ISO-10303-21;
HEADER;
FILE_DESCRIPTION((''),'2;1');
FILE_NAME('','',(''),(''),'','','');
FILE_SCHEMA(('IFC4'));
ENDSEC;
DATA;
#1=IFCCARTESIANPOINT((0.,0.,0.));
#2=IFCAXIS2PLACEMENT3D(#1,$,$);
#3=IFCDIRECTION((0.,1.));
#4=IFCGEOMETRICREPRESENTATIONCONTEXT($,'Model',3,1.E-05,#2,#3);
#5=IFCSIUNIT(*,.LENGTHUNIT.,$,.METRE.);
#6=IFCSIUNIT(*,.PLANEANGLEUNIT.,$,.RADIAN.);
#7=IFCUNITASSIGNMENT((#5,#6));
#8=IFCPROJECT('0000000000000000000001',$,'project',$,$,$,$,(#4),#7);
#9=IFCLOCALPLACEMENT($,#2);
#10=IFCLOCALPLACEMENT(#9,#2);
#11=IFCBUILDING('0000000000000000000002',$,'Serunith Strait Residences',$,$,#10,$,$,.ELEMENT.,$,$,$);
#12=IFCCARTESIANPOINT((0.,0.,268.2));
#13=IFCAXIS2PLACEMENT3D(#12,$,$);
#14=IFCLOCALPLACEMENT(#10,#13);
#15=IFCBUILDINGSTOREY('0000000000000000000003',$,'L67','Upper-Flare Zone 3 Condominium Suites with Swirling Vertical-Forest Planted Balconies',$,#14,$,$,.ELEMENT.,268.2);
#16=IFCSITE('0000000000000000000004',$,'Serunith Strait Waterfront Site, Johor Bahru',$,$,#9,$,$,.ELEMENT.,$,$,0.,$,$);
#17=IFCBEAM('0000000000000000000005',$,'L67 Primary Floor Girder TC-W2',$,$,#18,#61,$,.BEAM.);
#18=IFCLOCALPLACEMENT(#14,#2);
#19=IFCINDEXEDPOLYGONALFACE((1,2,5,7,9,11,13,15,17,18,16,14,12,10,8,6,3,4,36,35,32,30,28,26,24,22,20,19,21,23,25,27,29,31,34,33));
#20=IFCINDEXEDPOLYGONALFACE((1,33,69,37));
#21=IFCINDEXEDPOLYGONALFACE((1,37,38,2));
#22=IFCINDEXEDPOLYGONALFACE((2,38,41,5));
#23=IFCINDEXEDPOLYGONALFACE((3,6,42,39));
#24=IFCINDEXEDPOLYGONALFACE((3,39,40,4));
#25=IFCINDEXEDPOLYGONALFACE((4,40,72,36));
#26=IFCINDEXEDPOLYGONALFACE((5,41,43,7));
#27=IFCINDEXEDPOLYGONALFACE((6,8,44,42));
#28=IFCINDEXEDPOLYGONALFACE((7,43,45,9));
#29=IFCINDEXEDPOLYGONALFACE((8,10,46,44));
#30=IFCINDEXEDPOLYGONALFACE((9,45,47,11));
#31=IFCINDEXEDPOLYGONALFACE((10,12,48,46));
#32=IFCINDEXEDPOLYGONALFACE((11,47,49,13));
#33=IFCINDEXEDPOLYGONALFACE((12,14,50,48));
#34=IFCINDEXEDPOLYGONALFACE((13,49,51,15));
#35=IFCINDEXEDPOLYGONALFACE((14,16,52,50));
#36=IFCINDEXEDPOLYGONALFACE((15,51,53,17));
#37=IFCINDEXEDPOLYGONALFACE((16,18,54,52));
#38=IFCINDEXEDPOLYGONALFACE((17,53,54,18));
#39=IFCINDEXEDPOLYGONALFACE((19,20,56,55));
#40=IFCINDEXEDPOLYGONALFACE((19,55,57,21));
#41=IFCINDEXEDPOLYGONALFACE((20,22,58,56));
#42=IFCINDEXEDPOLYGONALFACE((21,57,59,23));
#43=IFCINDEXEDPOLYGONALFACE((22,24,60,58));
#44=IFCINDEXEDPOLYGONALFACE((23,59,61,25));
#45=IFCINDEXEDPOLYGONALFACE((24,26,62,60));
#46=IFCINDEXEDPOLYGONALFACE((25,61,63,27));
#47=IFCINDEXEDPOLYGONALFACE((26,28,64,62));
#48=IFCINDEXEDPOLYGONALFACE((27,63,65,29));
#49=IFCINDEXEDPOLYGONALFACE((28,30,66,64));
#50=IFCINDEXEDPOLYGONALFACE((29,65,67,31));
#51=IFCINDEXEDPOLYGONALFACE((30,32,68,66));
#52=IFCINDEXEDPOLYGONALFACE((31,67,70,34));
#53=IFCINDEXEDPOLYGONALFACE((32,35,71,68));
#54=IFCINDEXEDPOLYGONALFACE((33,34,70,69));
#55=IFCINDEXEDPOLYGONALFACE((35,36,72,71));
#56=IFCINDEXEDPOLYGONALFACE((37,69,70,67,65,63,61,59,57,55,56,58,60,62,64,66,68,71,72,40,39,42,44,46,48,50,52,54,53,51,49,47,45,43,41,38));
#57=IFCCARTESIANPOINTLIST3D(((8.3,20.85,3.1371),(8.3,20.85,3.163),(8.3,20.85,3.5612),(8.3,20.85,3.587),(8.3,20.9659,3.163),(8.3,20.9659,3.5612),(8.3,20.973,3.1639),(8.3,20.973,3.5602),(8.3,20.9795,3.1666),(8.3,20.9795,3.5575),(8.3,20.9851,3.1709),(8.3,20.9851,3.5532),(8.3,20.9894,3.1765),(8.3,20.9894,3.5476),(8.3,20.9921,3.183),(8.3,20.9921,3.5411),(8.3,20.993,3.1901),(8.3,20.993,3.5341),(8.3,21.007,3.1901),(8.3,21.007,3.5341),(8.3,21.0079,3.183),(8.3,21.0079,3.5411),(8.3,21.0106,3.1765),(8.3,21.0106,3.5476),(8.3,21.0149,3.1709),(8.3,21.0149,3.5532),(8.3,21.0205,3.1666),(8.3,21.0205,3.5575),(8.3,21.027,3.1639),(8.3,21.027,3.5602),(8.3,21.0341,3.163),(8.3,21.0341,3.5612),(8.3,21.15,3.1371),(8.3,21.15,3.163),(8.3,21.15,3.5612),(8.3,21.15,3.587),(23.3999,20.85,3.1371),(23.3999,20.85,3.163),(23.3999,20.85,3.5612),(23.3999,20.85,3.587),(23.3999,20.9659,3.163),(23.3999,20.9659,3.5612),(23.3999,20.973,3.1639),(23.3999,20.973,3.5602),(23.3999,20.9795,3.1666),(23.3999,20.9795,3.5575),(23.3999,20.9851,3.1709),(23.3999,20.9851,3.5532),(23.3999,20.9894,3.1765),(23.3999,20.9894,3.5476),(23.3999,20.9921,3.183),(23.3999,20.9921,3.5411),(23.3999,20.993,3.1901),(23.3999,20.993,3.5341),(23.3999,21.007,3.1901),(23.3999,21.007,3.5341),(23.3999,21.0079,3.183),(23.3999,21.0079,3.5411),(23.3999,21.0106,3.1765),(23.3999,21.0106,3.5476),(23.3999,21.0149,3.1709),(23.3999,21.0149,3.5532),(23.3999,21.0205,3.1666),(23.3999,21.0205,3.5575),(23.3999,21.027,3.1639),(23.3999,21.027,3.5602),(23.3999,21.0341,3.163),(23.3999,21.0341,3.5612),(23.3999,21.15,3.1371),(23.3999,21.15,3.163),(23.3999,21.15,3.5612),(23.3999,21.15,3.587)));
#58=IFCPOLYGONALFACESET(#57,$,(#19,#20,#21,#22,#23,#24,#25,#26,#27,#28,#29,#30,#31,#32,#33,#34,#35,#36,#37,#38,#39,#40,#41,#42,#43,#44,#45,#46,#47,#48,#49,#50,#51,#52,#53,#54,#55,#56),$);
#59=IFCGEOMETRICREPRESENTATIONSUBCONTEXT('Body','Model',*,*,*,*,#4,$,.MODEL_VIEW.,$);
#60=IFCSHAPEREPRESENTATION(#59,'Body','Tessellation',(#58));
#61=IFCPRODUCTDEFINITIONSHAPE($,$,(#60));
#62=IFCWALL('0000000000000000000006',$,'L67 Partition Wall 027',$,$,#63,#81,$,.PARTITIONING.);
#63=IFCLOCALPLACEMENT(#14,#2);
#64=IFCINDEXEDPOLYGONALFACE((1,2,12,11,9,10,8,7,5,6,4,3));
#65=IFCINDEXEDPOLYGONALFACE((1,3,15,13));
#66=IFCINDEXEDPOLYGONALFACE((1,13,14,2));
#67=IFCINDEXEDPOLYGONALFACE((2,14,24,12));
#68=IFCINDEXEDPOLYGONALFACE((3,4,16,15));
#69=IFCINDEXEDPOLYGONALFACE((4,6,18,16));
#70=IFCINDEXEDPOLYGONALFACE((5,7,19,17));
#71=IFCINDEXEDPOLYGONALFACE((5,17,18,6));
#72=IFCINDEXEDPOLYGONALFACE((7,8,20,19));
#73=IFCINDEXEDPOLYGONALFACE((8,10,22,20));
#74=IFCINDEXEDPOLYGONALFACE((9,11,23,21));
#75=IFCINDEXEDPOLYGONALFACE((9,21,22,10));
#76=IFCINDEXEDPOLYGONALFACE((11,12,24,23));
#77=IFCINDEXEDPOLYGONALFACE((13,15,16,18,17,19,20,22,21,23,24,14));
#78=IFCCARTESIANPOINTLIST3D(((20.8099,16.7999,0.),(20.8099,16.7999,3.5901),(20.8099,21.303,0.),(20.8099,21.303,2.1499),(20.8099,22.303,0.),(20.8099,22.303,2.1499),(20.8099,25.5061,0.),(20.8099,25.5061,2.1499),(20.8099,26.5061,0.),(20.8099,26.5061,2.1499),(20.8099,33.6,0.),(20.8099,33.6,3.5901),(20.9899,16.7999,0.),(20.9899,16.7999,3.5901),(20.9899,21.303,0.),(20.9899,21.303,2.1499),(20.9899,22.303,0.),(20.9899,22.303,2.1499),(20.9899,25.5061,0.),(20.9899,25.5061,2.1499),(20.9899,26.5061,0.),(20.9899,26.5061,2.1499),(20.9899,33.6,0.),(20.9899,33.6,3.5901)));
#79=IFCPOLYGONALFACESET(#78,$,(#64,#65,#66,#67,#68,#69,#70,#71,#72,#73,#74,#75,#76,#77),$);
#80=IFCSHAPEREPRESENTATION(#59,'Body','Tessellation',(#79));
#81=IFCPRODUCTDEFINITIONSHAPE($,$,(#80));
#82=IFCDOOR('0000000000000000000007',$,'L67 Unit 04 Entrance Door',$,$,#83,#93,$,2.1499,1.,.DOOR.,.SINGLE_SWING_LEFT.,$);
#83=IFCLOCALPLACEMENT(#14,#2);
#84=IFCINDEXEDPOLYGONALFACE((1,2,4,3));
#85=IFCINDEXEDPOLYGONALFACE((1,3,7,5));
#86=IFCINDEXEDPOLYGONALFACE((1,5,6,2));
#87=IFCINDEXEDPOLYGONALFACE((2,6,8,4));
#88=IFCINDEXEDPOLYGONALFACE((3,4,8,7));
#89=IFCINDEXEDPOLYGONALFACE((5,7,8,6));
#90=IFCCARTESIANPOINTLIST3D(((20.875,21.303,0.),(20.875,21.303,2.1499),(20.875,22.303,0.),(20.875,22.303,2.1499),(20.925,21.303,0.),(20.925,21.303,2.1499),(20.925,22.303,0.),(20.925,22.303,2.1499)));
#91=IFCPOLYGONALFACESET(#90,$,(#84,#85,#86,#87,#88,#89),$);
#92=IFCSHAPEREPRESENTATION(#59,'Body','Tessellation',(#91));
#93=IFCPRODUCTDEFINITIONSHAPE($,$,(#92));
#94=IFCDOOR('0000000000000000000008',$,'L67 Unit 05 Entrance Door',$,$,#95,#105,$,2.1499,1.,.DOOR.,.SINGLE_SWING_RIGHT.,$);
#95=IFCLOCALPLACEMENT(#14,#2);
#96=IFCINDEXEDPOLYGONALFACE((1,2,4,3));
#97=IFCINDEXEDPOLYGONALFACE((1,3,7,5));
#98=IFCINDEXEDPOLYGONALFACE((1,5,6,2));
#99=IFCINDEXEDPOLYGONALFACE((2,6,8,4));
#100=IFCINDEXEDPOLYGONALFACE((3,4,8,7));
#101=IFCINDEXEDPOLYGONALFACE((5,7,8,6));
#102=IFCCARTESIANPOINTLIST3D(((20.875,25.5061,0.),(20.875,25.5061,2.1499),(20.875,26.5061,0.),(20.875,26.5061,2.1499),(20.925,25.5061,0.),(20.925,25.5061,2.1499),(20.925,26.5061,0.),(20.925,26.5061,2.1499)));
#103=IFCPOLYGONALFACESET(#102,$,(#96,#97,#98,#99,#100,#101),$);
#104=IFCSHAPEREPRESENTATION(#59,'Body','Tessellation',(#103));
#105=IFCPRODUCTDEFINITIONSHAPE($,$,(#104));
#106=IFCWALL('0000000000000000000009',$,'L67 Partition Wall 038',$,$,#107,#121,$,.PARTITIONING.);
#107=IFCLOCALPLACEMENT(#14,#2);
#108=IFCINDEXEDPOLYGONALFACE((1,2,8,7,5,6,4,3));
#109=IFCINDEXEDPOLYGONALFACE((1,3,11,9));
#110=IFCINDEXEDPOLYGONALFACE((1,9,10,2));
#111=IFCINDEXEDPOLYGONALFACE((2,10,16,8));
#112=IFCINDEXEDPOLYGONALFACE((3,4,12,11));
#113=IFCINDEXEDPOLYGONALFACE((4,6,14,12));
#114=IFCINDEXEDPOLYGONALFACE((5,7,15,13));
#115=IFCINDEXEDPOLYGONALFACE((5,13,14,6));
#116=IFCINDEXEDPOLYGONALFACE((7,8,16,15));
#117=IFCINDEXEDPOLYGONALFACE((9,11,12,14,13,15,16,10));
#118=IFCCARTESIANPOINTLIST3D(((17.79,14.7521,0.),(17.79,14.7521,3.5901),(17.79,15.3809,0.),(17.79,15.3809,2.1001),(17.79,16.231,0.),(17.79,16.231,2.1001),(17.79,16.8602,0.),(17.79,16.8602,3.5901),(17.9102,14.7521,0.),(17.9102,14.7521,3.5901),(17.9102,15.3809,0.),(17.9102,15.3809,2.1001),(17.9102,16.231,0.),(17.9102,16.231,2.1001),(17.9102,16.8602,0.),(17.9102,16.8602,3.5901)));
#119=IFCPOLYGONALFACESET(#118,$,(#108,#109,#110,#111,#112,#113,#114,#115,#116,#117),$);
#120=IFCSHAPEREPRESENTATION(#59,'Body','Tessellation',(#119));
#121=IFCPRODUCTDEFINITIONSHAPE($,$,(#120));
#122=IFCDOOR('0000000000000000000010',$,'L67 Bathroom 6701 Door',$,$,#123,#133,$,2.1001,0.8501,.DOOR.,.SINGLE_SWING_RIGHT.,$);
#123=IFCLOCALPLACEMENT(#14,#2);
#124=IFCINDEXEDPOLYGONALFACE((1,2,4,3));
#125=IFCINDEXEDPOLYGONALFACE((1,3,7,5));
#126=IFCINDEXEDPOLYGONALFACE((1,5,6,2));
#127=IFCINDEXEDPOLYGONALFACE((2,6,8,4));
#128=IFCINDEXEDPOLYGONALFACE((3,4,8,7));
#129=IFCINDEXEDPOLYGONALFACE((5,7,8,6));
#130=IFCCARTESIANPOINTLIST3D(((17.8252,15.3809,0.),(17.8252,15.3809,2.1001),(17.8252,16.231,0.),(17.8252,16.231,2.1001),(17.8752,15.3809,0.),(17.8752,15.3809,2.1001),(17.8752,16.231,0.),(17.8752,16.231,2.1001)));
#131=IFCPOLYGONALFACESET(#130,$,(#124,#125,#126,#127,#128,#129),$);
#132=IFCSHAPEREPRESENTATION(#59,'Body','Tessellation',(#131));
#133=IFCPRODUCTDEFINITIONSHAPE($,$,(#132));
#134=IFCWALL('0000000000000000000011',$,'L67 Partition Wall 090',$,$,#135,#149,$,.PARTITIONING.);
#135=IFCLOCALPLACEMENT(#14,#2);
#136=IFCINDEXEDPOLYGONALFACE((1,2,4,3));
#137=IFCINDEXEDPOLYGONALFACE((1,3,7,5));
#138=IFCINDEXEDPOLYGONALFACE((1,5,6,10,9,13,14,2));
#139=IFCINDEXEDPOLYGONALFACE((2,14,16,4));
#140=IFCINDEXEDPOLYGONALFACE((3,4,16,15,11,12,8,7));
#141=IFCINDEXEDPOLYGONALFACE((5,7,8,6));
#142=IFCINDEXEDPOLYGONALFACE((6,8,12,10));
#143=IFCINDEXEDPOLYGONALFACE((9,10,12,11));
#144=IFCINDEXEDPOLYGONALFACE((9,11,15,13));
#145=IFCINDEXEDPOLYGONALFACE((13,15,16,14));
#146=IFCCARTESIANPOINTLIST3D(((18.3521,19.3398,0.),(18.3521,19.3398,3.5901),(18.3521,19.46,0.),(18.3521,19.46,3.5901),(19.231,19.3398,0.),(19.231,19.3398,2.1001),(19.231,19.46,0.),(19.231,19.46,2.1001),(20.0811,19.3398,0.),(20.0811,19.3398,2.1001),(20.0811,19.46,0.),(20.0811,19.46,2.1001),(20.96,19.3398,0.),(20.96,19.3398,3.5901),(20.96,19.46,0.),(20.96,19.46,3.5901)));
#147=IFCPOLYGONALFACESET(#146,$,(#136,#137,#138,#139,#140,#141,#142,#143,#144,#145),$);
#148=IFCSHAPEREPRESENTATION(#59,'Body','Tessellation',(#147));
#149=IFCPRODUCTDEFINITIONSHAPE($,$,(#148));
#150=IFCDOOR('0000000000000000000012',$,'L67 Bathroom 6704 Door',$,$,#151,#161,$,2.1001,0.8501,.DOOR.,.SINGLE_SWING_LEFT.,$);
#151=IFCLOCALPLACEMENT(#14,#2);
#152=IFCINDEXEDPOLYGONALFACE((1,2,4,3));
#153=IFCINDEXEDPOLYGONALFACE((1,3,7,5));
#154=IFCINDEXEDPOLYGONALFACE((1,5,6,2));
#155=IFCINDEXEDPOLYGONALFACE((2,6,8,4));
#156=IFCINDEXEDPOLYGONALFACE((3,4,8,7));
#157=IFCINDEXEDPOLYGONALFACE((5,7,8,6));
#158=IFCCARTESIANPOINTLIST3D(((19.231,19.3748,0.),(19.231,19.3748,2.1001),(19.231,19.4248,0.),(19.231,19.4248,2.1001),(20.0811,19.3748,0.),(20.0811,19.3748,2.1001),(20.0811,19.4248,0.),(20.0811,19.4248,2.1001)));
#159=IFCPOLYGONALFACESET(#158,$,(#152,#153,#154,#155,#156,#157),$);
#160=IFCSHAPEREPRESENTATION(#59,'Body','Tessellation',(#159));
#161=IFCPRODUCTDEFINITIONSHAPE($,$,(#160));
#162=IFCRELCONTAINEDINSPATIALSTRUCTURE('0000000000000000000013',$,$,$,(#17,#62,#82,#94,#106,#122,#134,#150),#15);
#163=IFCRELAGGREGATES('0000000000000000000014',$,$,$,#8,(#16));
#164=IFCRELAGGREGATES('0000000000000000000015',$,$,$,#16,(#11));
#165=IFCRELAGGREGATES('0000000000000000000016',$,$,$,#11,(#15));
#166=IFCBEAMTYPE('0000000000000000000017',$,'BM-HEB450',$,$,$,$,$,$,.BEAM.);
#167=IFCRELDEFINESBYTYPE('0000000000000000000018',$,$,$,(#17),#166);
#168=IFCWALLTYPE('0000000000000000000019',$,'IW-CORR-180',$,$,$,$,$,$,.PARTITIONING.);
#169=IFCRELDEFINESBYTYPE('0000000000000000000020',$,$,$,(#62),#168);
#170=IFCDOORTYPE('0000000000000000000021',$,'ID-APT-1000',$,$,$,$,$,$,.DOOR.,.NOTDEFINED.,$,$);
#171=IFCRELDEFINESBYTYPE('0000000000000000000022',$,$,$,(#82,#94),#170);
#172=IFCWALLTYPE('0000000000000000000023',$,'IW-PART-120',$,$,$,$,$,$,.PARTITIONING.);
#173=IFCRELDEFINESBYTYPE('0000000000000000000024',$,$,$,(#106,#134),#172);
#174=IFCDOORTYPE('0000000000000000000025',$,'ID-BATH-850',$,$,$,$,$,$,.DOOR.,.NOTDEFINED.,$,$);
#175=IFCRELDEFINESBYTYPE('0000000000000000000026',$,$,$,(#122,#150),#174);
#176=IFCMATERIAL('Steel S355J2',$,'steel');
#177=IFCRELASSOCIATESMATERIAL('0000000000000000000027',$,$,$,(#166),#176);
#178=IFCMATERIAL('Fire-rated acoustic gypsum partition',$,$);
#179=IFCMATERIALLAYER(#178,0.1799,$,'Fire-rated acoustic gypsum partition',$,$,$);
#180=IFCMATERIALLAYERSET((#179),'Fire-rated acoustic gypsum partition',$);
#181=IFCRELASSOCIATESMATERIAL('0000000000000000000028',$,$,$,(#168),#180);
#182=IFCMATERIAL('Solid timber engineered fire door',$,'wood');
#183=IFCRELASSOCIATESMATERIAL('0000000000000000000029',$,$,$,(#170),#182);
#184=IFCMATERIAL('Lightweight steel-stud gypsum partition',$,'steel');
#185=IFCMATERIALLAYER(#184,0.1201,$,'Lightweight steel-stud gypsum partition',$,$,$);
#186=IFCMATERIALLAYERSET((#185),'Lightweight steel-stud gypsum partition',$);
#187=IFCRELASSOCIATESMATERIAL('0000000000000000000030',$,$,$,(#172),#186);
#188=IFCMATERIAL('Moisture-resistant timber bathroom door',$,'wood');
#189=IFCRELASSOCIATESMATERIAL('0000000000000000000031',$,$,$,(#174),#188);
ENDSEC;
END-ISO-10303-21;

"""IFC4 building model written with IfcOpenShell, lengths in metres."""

from ifc_helpers import new_model, si_unit, direction, frame, frame_2d, origin, origin_2d, place, context, subcontext, project, spatial, rectangle, i_section, extrude, source, transform, mapped, material, layer, layer_set, material_profile, profile_set, type_object, element, fill, save


model = new_model("IFC4")

# Units and contexts
model_context = context("Model", 3, precision=1e-05, world=origin(), true_north=direction((0.0, 1.0)))
body_context = subcontext(model_context, "Body", "Model", "MODEL_VIEW")
ifc_project = project(units=[si_unit("LENGTHUNIT", "METRE"), si_unit("PLANEANGLEUNIT", "RADIAN")], contexts=[model_context])

# Site, building, storey
site_placement = place(None, origin())
site = spatial("IfcSite", under=ifc_project, at=site_placement, Name="Serunith Strait Waterfront Site, Johor Bahru", CompositionType="ELEMENT", RefElevation=0.0)
building_placement = place(site_placement, origin())
building = spatial("IfcBuilding", under=site, at=building_placement, Name="Serunith Strait Residences", CompositionType="ELEMENT")
storey_placement = place(building_placement, frame((0.0, 0.0, 268.2)))
storey = spatial("IfcBuildingStorey", under=building, at=storey_placement, Name="L67", Description="Upper-Flare Zone 3 Condominium Suites with Swirling Vertical-Forest Planted Balconies", CompositionType="ELEMENT", Elevation=268.2)

# Beam
ifc_material_1 = material(Name="Steel S355J2", Category="steel")
ifc_material_profile = material_profile(ifc_material_1, i_section(OverallWidth=0.3, OverallDepth=0.45, WebThickness=0.0139, FlangeThickness=0.0259, FilletRadius=0.0271, at=origin_2d()), Name="HEB 450")
ifc_profile_set = profile_set([ifc_material_profile], Name="Steel S355J2")
beam_type = type_object("IfcBeamType", Name="BM-HEB450", PredefinedType="BEAM", material=ifc_profile_set)
shared_shape_1 = source(origin(), body_context, "Body", "SweptSolid", [
    extrude(i_section(OverallWidth=0.3, OverallDepth=0.45, WebThickness=0.0139, FlangeThickness=0.0259, FilletRadius=0.0271, at=origin_2d()), origin(), (0.0, 0.0, 1.0), 15.0999),
])
beam_placement = place(storey_placement, frame((23.3999, 21.0, 3.3621), z_axis=(-1.0, 0.0, 0.0), x_axis=(0.0, -1.0, 0.0)))
element("IfcBeam", 1, at=beam_placement, inside=storey, type_object=beam_type, Name="L67 Primary Floor Girder TC-W2", PredefinedType="BEAM", context=body_context, shape_type="MappedRepresentation", body=[
    mapped(shared_shape_1, transform((0.0, 0.0, 0.0), scale=1.0)),
])

# Shared definitions
ifc_material_2 = material(Name="Fire-rated acoustic gypsum partition")
ifc_layer_1 = layer(ifc_material_2, 0.1799, Name="Fire-rated acoustic gypsum partition")
ifc_layer_set_1 = layer_set([ifc_layer_1], Name="Fire-rated acoustic gypsum partition")
wall_type_1 = type_object("IfcWallType", Name="IW-CORR-180", PredefinedType="PARTITIONING", material=ifc_layer_set_1)
ifc_material_3 = material(Name="Solid timber engineered fire door", Category="wood")
door_type_1 = type_object("IfcDoorType", Name="ID-APT-1000", OperationType="NOTDEFINED", PredefinedType="DOOR", material=ifc_material_3)
shared_shape_2 = source(origin(), body_context, "Body", "SweptSolid", [
    extrude(rectangle(XDim=1.0, YDim=2.1499, at=frame_2d((0.5, 1.075))), frame((0.0, 0.0249, 0.0), z_axis=(0.0, -1.0, 0.0), x_axis=(1.0, 0.0, 0.0)), (0.0, 0.0, 1.0), 0.05),
])

# Wall, openings, doors
wall_1_placement = place(storey_placement, frame((20.8999, 16.8, 0.0), z_axis=(0.0, 0.0, 1.0), x_axis=(0.0, 1.0, 0.0)))
wall_1 = element("IfcWall", 2, at=wall_1_placement, inside=storey, type_object=wall_type_1, Name="L67 Partition Wall 027", PredefinedType="PARTITIONING", context=body_context, shape_type="SweptSolid", body=[
    extrude(rectangle(XDim=16.8, YDim=0.1799, at=frame_2d((8.3999, 0.0))), origin(), (0.0, 0.0, 1.0), 3.5901),
])
opening_1_placement = place(wall_1_placement, frame((4.5029, 0.0, 0.0)))
opening_1 = element("IfcOpeningElement", 3, at=opening_1_placement, cuts=wall_1, PredefinedType="OPENING", context=body_context, shape_type="SweptSolid", body=[
    extrude(rectangle(XDim=1.0, YDim=2.1499, at=frame_2d((0.5, 1.075))), frame((0.0, 0.1001, 0.0), z_axis=(0.0, -1.0, 0.0), x_axis=(1.0, 0.0, 0.0)), (0.0, 0.0, 1.0), 0.2),
])
opening_2_placement = place(wall_1_placement, frame((8.7061, 0.0, 0.0)))
opening_2 = element("IfcOpeningElement", 4, at=opening_2_placement, cuts=wall_1, PredefinedType="OPENING", context=body_context, shape_type="SweptSolid", body=[
    extrude(rectangle(XDim=1.0, YDim=2.1499, at=frame_2d((0.5, 1.075))), frame((0.0, 0.1001, 0.0), z_axis=(0.0, -1.0, 0.0), x_axis=(1.0, 0.0, 0.0)), (0.0, 0.0, 1.0), 0.2),
])
door_1_placement = place(opening_1_placement, origin())
door_1 = element("IfcDoor", 5, at=door_1_placement, inside=storey, type_object=door_type_1, Name="L67 Unit 04 Entrance Door", OperationType="SINGLE_SWING_LEFT", OverallHeight=2.1499, OverallWidth=1.0, PredefinedType="DOOR", context=body_context, shape_type="MappedRepresentation", body=[
    mapped(shared_shape_2, transform((0.0, 0.0, 0.0), scale=1.0)),
])
fill(opening_1, door_1)
door_2_placement = place(opening_2_placement, origin())
door_2 = element("IfcDoor", 6, at=door_2_placement, inside=storey, type_object=door_type_1, Name="L67 Unit 05 Entrance Door", OperationType="SINGLE_SWING_RIGHT", OverallHeight=2.1499, OverallWidth=1.0, PredefinedType="DOOR", context=body_context, shape_type="MappedRepresentation", body=[
    mapped(shared_shape_2, transform((0.0, 0.0, 0.0), scale=1.0)),
])
fill(opening_2, door_2)

# Walls, openings, doors
ifc_material_4 = material(Name="Lightweight steel-stud gypsum partition", Category="steel")
ifc_layer_2 = layer(ifc_material_4, 0.1201, Name="Lightweight steel-stud gypsum partition")
ifc_layer_set_2 = layer_set([ifc_layer_2], Name="Lightweight steel-stud gypsum partition")
wall_type_2 = type_object("IfcWallType", Name="IW-PART-120", PredefinedType="PARTITIONING", material=ifc_layer_set_2)
wall_2_placement = place(storey_placement, frame((17.8501, 14.752, 0.0), z_axis=(0.0, 0.0, 1.0), x_axis=(0.0, 1.0, 0.0)))
wall_2 = element("IfcWall", 7, at=wall_2_placement, inside=storey, type_object=wall_type_2, Name="L67 Partition Wall 038", PredefinedType="PARTITIONING", context=body_context, shape_type="SweptSolid", body=[
    extrude(rectangle(XDim=2.1082, YDim=0.1201, at=frame_2d((1.0542, 0.0))), origin(), (0.0, 0.0, 1.0), 3.5901),
])
opening_3_placement = place(wall_2_placement, frame((0.6289, 0.0, 0.0)))
opening_3 = element("IfcOpeningElement", 8, at=opening_3_placement, cuts=wall_2, PredefinedType="OPENING", context=body_context, shape_type="SweptSolid", body=[
    extrude(rectangle(XDim=0.8501, YDim=2.1001, at=frame_2d((0.425, 1.05))), frame((0.0, 0.0701, 0.0), z_axis=(0.0, -1.0, 0.0), x_axis=(1.0, 0.0, 0.0)), (0.0, 0.0, 1.0), 0.1401),
])
ifc_material_5 = material(Name="Moisture-resistant timber bathroom door", Category="wood")
door_type_2 = type_object("IfcDoorType", Name="ID-BATH-850", OperationType="NOTDEFINED", PredefinedType="DOOR", material=ifc_material_5)
shared_shape_3 = source(origin(), body_context, "Body", "SweptSolid", [
    extrude(rectangle(XDim=0.8501, YDim=2.1001, at=frame_2d((0.425, 1.05))), frame((0.0, 0.0249, 0.0), z_axis=(0.0, -1.0, 0.0), x_axis=(1.0, 0.0, 0.0)), (0.0, 0.0, 1.0), 0.05),
])
door_3_placement = place(opening_3_placement, origin())
door_3 = element("IfcDoor", 9, at=door_3_placement, inside=storey, type_object=door_type_2, Name="L67 Bathroom 6701 Door", OperationType="SINGLE_SWING_RIGHT", OverallHeight=2.1001, OverallWidth=0.8501, PredefinedType="DOOR", context=body_context, shape_type="MappedRepresentation", body=[
    mapped(shared_shape_3, transform((0.0, 0.0, 0.0), scale=1.0)),
])
fill(opening_3, door_3)
wall_3_placement = place(storey_placement, frame((18.3521, 19.3999, 0.0), z_axis=(0.0, 0.0, 1.0), x_axis=(1.0, 0.0, 0.0)))
wall_3 = element("IfcWall", 10, at=wall_3_placement, inside=storey, type_object=wall_type_2, Name="L67 Partition Wall 090", PredefinedType="PARTITIONING", context=body_context, shape_type="SweptSolid", body=[
    extrude(rectangle(XDim=2.6079, YDim=0.1201, at=frame_2d((1.304, 0.0))), origin(), (0.0, 0.0, 1.0), 3.5901),
])
opening_4_placement = place(wall_3_placement, frame((0.8789, 0.0, 0.0)))
opening_4 = element("IfcOpeningElement", 11, at=opening_4_placement, cuts=wall_3, PredefinedType="OPENING", context=body_context, shape_type="SweptSolid", body=[
    extrude(rectangle(XDim=0.8501, YDim=2.1001, at=frame_2d((0.425, 1.05))), frame((0.0, 0.0701, 0.0), z_axis=(0.0, -1.0, 0.0), x_axis=(1.0, 0.0, 0.0)), (0.0, 0.0, 1.0), 0.1401),
])
door_4_placement = place(opening_4_placement, origin())
door_4 = element("IfcDoor", 12, at=door_4_placement, inside=storey, type_object=door_type_2, Name="L67 Bathroom 6704 Door", OperationType="SINGLE_SWING_LEFT", OverallHeight=2.1001, OverallWidth=0.8501, PredefinedType="DOOR", context=body_context, shape_type="MappedRepresentation", body=[
    mapped(shared_shape_3, transform((0.0, 0.0, 0.0), scale=1.0)),
])
fill(opening_4, door_4)

save(model, "model.ifc")
